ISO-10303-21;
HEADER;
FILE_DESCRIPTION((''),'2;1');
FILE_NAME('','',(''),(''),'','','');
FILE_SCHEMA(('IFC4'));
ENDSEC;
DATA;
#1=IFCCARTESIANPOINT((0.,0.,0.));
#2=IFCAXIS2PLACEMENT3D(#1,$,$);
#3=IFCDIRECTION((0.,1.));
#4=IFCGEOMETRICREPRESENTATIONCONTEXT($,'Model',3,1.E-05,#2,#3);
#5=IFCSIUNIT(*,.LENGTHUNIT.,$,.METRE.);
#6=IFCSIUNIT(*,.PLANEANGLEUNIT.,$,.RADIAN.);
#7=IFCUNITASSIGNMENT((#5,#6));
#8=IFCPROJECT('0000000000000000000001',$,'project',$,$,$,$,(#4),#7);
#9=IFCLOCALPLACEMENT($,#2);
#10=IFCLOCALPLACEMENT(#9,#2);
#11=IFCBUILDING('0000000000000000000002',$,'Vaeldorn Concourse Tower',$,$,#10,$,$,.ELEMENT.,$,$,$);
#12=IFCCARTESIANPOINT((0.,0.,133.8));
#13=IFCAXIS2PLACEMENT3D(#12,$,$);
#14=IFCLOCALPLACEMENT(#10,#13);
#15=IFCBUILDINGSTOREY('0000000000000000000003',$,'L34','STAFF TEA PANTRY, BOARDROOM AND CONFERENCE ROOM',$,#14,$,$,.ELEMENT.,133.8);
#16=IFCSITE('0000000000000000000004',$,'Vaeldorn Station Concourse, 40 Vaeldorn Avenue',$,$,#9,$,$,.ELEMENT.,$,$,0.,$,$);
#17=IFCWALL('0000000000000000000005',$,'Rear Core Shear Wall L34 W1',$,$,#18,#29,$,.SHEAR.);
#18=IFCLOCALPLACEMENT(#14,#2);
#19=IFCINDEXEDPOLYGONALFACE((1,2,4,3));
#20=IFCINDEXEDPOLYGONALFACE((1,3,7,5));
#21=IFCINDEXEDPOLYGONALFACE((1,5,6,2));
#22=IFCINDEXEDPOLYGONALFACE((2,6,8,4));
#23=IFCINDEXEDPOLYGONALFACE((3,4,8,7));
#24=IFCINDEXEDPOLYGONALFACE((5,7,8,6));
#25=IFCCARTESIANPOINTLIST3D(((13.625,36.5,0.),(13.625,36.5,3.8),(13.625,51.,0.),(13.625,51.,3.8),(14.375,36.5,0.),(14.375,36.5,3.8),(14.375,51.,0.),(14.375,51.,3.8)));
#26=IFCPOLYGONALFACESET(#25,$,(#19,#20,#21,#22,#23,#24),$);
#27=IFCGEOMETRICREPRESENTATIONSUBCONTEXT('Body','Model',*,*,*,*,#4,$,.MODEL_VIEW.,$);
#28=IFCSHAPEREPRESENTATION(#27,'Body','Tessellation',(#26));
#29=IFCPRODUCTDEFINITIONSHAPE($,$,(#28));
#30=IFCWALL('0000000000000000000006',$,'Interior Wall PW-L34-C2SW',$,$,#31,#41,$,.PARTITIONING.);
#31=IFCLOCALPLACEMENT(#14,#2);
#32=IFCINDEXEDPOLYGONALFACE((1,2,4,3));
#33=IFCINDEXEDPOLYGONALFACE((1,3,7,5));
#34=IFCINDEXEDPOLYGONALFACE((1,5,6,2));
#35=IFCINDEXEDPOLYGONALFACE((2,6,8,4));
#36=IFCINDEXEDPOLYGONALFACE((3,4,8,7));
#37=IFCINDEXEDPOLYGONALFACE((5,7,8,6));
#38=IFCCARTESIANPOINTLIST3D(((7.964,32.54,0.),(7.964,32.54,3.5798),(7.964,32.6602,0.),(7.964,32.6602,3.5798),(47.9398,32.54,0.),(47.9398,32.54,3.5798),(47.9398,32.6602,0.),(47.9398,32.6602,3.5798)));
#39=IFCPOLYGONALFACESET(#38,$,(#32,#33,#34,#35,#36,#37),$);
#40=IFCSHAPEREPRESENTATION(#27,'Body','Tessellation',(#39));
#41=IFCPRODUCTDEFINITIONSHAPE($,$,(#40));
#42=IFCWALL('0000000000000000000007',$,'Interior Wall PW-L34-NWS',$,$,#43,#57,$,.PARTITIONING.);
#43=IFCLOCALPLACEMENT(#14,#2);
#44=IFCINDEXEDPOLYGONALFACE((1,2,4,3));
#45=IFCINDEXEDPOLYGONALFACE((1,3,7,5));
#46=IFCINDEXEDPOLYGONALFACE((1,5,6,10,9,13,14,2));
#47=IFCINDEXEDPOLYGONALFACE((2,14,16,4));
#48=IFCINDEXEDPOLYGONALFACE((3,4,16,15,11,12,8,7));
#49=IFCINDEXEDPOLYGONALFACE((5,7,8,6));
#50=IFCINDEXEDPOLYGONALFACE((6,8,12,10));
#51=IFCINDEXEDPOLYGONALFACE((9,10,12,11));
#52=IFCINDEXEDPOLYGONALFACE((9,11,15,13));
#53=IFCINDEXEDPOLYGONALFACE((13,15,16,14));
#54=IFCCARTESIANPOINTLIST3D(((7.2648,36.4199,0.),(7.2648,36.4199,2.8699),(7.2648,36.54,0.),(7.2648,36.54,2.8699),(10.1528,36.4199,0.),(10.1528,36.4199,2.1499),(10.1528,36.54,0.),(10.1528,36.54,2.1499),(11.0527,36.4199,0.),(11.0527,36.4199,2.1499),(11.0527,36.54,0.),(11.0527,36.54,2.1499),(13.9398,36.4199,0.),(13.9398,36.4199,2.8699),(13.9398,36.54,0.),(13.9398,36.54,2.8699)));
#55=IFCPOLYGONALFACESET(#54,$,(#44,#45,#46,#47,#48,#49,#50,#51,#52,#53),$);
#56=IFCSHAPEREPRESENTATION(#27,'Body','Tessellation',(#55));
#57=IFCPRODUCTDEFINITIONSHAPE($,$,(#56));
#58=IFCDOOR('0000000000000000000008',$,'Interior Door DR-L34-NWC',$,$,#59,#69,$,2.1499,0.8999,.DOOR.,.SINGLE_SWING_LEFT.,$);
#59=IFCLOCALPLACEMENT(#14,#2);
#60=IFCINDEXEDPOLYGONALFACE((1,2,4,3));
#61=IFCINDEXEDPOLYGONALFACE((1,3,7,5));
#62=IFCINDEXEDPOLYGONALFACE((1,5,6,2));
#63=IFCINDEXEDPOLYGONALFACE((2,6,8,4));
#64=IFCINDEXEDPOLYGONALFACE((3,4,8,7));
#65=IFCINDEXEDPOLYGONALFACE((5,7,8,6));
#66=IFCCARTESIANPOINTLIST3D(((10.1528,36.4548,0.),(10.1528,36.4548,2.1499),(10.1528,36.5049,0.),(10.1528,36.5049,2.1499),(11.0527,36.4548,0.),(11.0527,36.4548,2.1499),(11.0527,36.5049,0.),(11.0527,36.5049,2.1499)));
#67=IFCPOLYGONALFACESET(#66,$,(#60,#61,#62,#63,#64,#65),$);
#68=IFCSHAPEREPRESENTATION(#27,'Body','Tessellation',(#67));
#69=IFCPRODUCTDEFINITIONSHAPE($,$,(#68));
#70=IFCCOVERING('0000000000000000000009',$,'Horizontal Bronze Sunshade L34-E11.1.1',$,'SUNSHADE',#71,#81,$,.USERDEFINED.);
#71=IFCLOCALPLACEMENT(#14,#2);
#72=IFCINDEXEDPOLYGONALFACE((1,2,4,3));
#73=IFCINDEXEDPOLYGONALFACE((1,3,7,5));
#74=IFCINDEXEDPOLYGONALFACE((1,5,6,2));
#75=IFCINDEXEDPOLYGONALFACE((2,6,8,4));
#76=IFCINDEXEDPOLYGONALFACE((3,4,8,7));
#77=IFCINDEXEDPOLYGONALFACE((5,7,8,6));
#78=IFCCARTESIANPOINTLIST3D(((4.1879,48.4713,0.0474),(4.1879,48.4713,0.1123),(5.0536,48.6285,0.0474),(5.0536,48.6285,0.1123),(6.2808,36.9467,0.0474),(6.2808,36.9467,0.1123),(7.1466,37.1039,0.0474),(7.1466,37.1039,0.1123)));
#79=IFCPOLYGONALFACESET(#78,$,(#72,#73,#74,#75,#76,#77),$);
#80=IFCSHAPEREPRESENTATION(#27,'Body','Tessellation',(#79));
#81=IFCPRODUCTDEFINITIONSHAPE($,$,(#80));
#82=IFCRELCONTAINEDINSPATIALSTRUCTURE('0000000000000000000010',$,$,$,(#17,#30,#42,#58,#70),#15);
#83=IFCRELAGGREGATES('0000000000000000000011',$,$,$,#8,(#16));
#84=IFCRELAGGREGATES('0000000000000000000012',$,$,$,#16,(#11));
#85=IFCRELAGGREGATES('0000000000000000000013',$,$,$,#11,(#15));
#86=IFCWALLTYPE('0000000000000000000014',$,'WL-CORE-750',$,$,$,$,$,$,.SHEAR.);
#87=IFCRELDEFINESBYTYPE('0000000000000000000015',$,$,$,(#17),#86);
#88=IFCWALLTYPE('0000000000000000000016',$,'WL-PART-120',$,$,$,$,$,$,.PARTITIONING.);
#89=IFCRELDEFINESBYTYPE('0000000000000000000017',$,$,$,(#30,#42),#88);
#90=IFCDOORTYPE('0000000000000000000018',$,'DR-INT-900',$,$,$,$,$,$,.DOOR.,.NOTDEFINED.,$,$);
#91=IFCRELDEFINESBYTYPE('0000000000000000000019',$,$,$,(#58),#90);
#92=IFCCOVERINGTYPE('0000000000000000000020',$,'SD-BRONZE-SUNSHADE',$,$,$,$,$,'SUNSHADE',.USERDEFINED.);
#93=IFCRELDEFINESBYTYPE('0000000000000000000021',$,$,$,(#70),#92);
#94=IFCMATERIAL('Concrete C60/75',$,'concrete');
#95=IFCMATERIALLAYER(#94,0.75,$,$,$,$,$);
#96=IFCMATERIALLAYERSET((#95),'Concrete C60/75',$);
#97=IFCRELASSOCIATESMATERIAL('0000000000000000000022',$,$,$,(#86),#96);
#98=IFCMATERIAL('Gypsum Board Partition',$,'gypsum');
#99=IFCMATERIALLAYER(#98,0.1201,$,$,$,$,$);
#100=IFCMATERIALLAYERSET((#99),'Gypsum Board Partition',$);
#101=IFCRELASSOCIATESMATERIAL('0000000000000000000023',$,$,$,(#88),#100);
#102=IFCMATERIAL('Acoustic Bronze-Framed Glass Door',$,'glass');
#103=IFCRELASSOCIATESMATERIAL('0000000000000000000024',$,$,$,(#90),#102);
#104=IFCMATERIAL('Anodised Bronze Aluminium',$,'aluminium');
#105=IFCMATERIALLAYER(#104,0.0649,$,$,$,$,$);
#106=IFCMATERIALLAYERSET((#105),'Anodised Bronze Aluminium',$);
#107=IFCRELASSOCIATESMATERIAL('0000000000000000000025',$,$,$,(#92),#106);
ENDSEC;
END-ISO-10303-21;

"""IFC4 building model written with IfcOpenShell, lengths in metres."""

from ifc_helpers import new_model, si_unit, direction, frame, frame_2d, origin, origin_2d, place, context, subcontext, project, spatial, rectangle, extrude, source, transform, mapped, material, layer, layer_set, type_object, element, fill, save


model = new_model("IFC4")

# Units and contexts
model_context = context("Model", 3, precision=1e-05, world=origin(), true_north=direction((0.0, 1.0)))
body_context = subcontext(model_context, "Body", "Model", "MODEL_VIEW")
ifc_project = project(units=[si_unit("LENGTHUNIT", "METRE"), si_unit("PLANEANGLEUNIT", "RADIAN")], contexts=[model_context])

# Site, building, storey
site_placement = place(None, origin())
site = spatial("IfcSite", under=ifc_project, at=site_placement, Name="Vaeldorn Station Concourse, 40 Vaeldorn Avenue", CompositionType="ELEMENT", RefElevation=0.0)
building_placement = place(site_placement, origin())
building = spatial("IfcBuilding", under=site, at=building_placement, Name="Vaeldorn Concourse Tower", CompositionType="ELEMENT")
storey_placement = place(building_placement, frame((0.0, 0.0, 133.8)))
storey = spatial("IfcBuildingStorey", under=building, at=storey_placement, Name="L34", Description="STAFF TEA PANTRY, BOARDROOM AND CONFERENCE ROOM", CompositionType="ELEMENT", Elevation=133.8)

# Shared definitions
ifc_material_1 = material(Name="Concrete C60/75", Category="concrete")

# Shared definitions
ifc_material_2 = material(Name="Anodised Bronze Aluminium", Category="aluminium")

# Walls
ifc_layer_1 = layer(ifc_material_1, 0.75)
ifc_layer_set_1 = layer_set([ifc_layer_1], Name="Concrete C60/75")
wall_type_1 = type_object("IfcWallType", Name="WL-CORE-750", PredefinedType="SHEAR", material=ifc_layer_set_1)
wall_1_placement = place(storey_placement, frame((14.0, 36.5, 0.0), z_axis=(0.0, 0.0, 1.0), x_axis=(0.0, 1.0, 0.0)))
element("IfcWall", 1, at=wall_1_placement, inside=storey, type_object=wall_type_1, Name="Rear Core Shear Wall L34 W1", PredefinedType="SHEAR", context=body_context, shape_type="SweptSolid", body=[
    extrude(rectangle(XDim=14.5, YDim=0.75, at=frame_2d((7.25, 0.0))), origin(), (0.0, 0.0, 1.0), 3.8),
])
ifc_material_3 = material(Name="Gypsum Board Partition", Category="gypsum")
ifc_layer_2 = layer(ifc_material_3, 0.1201)
ifc_layer_set_2 = layer_set([ifc_layer_2], Name="Gypsum Board Partition")
wall_type_2 = type_object("IfcWallType", Name="WL-PART-120", PredefinedType="PARTITIONING", material=ifc_layer_set_2)
wall_2_placement = place(storey_placement, frame((7.9641, 32.6001, 0.0), z_axis=(0.0, 0.0, 1.0), x_axis=(1.0, 0.0, 0.0)))
element("IfcWall", 2, at=wall_2_placement, inside=storey, type_object=wall_type_2, Name="Interior Wall PW-L34-C2SW", PredefinedType="PARTITIONING", context=body_context, shape_type="SweptSolid", body=[
    extrude(rectangle(XDim=39.9758, YDim=0.1201, at=frame_2d((19.9878, 0.0))), origin(), (0.0, 0.0, 1.0), 3.5798),
])

# Wall, opening, door
wall_3_placement = place(storey_placement, frame((7.2649, 36.48, 0.0), z_axis=(0.0, 0.0, 1.0), x_axis=(1.0, 0.0, 0.0)))
wall_3 = element("IfcWall", 3, at=wall_3_placement, inside=storey, type_object=wall_type_2, Name="Interior Wall PW-L34-NWS", PredefinedType="PARTITIONING", context=body_context, shape_type="SweptSolid", body=[
    extrude(rectangle(XDim=6.675, YDim=0.1201, at=frame_2d((3.3374, 0.0))), origin(), (0.0, 0.0, 1.0), 2.8699),
])
opening_placement = place(wall_3_placement, frame((2.8879, 0.0, 0.0)))
opening = element("IfcOpeningElement", 4, at=opening_placement, cuts=wall_3, PredefinedType="OPENING", context=body_context, shape_type="SweptSolid", body=[
    extrude(rectangle(XDim=0.8999, YDim=2.1499, at=frame_2d((0.45, 1.075))), frame((0.0, 0.0701, 0.0), z_axis=(0.0, -1.0, 0.0), x_axis=(1.0, 0.0, 0.0)), (0.0, 0.0, 1.0), 0.1401),
])
ifc_material_4 = material(Name="Acoustic Bronze-Framed Glass Door", Category="glass")
door_type = type_object("IfcDoorType", Name="DR-INT-900", OperationType="NOTDEFINED", PredefinedType="DOOR", material=ifc_material_4)
shared_shape_1 = source(origin(), body_context, "Body", "SweptSolid", [
    extrude(rectangle(XDim=0.8999, YDim=2.1499, at=frame_2d((0.45, 1.075))), frame((0.0, 0.0249, 0.0), z_axis=(0.0, -1.0, 0.0), x_axis=(1.0, 0.0, 0.0)), (0.0, 0.0, 1.0), 0.05),
])
door_placement = place(opening_placement, origin())
door = element("IfcDoor", 5, at=door_placement, inside=storey, type_object=door_type, Name="Interior Door DR-L34-NWC", OperationType="SINGLE_SWING_LEFT", OverallHeight=2.1499, OverallWidth=0.8999, PredefinedType="DOOR", context=body_context, shape_type="MappedRepresentation", body=[
    mapped(shared_shape_1, transform((0.0, 0.0, 0.0), scale=1.0)),
])
fill(opening, door)

# Covering
ifc_layer_3 = layer(ifc_material_2, 0.0649)
ifc_layer_set_3 = layer_set([ifc_layer_3], Name="Anodised Bronze Aluminium")
covering_type = type_object("IfcCoveringType", Name="SD-BRONZE-SUNSHADE", ElementType="SUNSHADE", PredefinedType="USERDEFINED", material=ifc_layer_set_3)
shared_shape_2 = source(origin(), body_context, "Body", "SweptSolid", [
    extrude(rectangle(XDim=11.7131, YDim=0.8799, at=origin_2d()), origin(), (0.0, 0.0, 1.0), 0.0649),
])
covering_placement = place(storey_placement, frame((5.6672, 42.7876, 0.0474), z_axis=(0.0, 0.0, 1.0), x_axis=(0.178682, -0.983907, 0.0)))
element("IfcCovering", 6, at=covering_placement, inside=storey, type_object=covering_type, Name="Horizontal Bronze Sunshade L34-E11.1.1", ObjectType="SUNSHADE", PredefinedType="USERDEFINED", context=body_context, shape_type="MappedRepresentation", body=[
    mapped(shared_shape_2, transform((0.0, 0.0, 0.0), scale=1.0)),
])

save(model, "model.ifc")
